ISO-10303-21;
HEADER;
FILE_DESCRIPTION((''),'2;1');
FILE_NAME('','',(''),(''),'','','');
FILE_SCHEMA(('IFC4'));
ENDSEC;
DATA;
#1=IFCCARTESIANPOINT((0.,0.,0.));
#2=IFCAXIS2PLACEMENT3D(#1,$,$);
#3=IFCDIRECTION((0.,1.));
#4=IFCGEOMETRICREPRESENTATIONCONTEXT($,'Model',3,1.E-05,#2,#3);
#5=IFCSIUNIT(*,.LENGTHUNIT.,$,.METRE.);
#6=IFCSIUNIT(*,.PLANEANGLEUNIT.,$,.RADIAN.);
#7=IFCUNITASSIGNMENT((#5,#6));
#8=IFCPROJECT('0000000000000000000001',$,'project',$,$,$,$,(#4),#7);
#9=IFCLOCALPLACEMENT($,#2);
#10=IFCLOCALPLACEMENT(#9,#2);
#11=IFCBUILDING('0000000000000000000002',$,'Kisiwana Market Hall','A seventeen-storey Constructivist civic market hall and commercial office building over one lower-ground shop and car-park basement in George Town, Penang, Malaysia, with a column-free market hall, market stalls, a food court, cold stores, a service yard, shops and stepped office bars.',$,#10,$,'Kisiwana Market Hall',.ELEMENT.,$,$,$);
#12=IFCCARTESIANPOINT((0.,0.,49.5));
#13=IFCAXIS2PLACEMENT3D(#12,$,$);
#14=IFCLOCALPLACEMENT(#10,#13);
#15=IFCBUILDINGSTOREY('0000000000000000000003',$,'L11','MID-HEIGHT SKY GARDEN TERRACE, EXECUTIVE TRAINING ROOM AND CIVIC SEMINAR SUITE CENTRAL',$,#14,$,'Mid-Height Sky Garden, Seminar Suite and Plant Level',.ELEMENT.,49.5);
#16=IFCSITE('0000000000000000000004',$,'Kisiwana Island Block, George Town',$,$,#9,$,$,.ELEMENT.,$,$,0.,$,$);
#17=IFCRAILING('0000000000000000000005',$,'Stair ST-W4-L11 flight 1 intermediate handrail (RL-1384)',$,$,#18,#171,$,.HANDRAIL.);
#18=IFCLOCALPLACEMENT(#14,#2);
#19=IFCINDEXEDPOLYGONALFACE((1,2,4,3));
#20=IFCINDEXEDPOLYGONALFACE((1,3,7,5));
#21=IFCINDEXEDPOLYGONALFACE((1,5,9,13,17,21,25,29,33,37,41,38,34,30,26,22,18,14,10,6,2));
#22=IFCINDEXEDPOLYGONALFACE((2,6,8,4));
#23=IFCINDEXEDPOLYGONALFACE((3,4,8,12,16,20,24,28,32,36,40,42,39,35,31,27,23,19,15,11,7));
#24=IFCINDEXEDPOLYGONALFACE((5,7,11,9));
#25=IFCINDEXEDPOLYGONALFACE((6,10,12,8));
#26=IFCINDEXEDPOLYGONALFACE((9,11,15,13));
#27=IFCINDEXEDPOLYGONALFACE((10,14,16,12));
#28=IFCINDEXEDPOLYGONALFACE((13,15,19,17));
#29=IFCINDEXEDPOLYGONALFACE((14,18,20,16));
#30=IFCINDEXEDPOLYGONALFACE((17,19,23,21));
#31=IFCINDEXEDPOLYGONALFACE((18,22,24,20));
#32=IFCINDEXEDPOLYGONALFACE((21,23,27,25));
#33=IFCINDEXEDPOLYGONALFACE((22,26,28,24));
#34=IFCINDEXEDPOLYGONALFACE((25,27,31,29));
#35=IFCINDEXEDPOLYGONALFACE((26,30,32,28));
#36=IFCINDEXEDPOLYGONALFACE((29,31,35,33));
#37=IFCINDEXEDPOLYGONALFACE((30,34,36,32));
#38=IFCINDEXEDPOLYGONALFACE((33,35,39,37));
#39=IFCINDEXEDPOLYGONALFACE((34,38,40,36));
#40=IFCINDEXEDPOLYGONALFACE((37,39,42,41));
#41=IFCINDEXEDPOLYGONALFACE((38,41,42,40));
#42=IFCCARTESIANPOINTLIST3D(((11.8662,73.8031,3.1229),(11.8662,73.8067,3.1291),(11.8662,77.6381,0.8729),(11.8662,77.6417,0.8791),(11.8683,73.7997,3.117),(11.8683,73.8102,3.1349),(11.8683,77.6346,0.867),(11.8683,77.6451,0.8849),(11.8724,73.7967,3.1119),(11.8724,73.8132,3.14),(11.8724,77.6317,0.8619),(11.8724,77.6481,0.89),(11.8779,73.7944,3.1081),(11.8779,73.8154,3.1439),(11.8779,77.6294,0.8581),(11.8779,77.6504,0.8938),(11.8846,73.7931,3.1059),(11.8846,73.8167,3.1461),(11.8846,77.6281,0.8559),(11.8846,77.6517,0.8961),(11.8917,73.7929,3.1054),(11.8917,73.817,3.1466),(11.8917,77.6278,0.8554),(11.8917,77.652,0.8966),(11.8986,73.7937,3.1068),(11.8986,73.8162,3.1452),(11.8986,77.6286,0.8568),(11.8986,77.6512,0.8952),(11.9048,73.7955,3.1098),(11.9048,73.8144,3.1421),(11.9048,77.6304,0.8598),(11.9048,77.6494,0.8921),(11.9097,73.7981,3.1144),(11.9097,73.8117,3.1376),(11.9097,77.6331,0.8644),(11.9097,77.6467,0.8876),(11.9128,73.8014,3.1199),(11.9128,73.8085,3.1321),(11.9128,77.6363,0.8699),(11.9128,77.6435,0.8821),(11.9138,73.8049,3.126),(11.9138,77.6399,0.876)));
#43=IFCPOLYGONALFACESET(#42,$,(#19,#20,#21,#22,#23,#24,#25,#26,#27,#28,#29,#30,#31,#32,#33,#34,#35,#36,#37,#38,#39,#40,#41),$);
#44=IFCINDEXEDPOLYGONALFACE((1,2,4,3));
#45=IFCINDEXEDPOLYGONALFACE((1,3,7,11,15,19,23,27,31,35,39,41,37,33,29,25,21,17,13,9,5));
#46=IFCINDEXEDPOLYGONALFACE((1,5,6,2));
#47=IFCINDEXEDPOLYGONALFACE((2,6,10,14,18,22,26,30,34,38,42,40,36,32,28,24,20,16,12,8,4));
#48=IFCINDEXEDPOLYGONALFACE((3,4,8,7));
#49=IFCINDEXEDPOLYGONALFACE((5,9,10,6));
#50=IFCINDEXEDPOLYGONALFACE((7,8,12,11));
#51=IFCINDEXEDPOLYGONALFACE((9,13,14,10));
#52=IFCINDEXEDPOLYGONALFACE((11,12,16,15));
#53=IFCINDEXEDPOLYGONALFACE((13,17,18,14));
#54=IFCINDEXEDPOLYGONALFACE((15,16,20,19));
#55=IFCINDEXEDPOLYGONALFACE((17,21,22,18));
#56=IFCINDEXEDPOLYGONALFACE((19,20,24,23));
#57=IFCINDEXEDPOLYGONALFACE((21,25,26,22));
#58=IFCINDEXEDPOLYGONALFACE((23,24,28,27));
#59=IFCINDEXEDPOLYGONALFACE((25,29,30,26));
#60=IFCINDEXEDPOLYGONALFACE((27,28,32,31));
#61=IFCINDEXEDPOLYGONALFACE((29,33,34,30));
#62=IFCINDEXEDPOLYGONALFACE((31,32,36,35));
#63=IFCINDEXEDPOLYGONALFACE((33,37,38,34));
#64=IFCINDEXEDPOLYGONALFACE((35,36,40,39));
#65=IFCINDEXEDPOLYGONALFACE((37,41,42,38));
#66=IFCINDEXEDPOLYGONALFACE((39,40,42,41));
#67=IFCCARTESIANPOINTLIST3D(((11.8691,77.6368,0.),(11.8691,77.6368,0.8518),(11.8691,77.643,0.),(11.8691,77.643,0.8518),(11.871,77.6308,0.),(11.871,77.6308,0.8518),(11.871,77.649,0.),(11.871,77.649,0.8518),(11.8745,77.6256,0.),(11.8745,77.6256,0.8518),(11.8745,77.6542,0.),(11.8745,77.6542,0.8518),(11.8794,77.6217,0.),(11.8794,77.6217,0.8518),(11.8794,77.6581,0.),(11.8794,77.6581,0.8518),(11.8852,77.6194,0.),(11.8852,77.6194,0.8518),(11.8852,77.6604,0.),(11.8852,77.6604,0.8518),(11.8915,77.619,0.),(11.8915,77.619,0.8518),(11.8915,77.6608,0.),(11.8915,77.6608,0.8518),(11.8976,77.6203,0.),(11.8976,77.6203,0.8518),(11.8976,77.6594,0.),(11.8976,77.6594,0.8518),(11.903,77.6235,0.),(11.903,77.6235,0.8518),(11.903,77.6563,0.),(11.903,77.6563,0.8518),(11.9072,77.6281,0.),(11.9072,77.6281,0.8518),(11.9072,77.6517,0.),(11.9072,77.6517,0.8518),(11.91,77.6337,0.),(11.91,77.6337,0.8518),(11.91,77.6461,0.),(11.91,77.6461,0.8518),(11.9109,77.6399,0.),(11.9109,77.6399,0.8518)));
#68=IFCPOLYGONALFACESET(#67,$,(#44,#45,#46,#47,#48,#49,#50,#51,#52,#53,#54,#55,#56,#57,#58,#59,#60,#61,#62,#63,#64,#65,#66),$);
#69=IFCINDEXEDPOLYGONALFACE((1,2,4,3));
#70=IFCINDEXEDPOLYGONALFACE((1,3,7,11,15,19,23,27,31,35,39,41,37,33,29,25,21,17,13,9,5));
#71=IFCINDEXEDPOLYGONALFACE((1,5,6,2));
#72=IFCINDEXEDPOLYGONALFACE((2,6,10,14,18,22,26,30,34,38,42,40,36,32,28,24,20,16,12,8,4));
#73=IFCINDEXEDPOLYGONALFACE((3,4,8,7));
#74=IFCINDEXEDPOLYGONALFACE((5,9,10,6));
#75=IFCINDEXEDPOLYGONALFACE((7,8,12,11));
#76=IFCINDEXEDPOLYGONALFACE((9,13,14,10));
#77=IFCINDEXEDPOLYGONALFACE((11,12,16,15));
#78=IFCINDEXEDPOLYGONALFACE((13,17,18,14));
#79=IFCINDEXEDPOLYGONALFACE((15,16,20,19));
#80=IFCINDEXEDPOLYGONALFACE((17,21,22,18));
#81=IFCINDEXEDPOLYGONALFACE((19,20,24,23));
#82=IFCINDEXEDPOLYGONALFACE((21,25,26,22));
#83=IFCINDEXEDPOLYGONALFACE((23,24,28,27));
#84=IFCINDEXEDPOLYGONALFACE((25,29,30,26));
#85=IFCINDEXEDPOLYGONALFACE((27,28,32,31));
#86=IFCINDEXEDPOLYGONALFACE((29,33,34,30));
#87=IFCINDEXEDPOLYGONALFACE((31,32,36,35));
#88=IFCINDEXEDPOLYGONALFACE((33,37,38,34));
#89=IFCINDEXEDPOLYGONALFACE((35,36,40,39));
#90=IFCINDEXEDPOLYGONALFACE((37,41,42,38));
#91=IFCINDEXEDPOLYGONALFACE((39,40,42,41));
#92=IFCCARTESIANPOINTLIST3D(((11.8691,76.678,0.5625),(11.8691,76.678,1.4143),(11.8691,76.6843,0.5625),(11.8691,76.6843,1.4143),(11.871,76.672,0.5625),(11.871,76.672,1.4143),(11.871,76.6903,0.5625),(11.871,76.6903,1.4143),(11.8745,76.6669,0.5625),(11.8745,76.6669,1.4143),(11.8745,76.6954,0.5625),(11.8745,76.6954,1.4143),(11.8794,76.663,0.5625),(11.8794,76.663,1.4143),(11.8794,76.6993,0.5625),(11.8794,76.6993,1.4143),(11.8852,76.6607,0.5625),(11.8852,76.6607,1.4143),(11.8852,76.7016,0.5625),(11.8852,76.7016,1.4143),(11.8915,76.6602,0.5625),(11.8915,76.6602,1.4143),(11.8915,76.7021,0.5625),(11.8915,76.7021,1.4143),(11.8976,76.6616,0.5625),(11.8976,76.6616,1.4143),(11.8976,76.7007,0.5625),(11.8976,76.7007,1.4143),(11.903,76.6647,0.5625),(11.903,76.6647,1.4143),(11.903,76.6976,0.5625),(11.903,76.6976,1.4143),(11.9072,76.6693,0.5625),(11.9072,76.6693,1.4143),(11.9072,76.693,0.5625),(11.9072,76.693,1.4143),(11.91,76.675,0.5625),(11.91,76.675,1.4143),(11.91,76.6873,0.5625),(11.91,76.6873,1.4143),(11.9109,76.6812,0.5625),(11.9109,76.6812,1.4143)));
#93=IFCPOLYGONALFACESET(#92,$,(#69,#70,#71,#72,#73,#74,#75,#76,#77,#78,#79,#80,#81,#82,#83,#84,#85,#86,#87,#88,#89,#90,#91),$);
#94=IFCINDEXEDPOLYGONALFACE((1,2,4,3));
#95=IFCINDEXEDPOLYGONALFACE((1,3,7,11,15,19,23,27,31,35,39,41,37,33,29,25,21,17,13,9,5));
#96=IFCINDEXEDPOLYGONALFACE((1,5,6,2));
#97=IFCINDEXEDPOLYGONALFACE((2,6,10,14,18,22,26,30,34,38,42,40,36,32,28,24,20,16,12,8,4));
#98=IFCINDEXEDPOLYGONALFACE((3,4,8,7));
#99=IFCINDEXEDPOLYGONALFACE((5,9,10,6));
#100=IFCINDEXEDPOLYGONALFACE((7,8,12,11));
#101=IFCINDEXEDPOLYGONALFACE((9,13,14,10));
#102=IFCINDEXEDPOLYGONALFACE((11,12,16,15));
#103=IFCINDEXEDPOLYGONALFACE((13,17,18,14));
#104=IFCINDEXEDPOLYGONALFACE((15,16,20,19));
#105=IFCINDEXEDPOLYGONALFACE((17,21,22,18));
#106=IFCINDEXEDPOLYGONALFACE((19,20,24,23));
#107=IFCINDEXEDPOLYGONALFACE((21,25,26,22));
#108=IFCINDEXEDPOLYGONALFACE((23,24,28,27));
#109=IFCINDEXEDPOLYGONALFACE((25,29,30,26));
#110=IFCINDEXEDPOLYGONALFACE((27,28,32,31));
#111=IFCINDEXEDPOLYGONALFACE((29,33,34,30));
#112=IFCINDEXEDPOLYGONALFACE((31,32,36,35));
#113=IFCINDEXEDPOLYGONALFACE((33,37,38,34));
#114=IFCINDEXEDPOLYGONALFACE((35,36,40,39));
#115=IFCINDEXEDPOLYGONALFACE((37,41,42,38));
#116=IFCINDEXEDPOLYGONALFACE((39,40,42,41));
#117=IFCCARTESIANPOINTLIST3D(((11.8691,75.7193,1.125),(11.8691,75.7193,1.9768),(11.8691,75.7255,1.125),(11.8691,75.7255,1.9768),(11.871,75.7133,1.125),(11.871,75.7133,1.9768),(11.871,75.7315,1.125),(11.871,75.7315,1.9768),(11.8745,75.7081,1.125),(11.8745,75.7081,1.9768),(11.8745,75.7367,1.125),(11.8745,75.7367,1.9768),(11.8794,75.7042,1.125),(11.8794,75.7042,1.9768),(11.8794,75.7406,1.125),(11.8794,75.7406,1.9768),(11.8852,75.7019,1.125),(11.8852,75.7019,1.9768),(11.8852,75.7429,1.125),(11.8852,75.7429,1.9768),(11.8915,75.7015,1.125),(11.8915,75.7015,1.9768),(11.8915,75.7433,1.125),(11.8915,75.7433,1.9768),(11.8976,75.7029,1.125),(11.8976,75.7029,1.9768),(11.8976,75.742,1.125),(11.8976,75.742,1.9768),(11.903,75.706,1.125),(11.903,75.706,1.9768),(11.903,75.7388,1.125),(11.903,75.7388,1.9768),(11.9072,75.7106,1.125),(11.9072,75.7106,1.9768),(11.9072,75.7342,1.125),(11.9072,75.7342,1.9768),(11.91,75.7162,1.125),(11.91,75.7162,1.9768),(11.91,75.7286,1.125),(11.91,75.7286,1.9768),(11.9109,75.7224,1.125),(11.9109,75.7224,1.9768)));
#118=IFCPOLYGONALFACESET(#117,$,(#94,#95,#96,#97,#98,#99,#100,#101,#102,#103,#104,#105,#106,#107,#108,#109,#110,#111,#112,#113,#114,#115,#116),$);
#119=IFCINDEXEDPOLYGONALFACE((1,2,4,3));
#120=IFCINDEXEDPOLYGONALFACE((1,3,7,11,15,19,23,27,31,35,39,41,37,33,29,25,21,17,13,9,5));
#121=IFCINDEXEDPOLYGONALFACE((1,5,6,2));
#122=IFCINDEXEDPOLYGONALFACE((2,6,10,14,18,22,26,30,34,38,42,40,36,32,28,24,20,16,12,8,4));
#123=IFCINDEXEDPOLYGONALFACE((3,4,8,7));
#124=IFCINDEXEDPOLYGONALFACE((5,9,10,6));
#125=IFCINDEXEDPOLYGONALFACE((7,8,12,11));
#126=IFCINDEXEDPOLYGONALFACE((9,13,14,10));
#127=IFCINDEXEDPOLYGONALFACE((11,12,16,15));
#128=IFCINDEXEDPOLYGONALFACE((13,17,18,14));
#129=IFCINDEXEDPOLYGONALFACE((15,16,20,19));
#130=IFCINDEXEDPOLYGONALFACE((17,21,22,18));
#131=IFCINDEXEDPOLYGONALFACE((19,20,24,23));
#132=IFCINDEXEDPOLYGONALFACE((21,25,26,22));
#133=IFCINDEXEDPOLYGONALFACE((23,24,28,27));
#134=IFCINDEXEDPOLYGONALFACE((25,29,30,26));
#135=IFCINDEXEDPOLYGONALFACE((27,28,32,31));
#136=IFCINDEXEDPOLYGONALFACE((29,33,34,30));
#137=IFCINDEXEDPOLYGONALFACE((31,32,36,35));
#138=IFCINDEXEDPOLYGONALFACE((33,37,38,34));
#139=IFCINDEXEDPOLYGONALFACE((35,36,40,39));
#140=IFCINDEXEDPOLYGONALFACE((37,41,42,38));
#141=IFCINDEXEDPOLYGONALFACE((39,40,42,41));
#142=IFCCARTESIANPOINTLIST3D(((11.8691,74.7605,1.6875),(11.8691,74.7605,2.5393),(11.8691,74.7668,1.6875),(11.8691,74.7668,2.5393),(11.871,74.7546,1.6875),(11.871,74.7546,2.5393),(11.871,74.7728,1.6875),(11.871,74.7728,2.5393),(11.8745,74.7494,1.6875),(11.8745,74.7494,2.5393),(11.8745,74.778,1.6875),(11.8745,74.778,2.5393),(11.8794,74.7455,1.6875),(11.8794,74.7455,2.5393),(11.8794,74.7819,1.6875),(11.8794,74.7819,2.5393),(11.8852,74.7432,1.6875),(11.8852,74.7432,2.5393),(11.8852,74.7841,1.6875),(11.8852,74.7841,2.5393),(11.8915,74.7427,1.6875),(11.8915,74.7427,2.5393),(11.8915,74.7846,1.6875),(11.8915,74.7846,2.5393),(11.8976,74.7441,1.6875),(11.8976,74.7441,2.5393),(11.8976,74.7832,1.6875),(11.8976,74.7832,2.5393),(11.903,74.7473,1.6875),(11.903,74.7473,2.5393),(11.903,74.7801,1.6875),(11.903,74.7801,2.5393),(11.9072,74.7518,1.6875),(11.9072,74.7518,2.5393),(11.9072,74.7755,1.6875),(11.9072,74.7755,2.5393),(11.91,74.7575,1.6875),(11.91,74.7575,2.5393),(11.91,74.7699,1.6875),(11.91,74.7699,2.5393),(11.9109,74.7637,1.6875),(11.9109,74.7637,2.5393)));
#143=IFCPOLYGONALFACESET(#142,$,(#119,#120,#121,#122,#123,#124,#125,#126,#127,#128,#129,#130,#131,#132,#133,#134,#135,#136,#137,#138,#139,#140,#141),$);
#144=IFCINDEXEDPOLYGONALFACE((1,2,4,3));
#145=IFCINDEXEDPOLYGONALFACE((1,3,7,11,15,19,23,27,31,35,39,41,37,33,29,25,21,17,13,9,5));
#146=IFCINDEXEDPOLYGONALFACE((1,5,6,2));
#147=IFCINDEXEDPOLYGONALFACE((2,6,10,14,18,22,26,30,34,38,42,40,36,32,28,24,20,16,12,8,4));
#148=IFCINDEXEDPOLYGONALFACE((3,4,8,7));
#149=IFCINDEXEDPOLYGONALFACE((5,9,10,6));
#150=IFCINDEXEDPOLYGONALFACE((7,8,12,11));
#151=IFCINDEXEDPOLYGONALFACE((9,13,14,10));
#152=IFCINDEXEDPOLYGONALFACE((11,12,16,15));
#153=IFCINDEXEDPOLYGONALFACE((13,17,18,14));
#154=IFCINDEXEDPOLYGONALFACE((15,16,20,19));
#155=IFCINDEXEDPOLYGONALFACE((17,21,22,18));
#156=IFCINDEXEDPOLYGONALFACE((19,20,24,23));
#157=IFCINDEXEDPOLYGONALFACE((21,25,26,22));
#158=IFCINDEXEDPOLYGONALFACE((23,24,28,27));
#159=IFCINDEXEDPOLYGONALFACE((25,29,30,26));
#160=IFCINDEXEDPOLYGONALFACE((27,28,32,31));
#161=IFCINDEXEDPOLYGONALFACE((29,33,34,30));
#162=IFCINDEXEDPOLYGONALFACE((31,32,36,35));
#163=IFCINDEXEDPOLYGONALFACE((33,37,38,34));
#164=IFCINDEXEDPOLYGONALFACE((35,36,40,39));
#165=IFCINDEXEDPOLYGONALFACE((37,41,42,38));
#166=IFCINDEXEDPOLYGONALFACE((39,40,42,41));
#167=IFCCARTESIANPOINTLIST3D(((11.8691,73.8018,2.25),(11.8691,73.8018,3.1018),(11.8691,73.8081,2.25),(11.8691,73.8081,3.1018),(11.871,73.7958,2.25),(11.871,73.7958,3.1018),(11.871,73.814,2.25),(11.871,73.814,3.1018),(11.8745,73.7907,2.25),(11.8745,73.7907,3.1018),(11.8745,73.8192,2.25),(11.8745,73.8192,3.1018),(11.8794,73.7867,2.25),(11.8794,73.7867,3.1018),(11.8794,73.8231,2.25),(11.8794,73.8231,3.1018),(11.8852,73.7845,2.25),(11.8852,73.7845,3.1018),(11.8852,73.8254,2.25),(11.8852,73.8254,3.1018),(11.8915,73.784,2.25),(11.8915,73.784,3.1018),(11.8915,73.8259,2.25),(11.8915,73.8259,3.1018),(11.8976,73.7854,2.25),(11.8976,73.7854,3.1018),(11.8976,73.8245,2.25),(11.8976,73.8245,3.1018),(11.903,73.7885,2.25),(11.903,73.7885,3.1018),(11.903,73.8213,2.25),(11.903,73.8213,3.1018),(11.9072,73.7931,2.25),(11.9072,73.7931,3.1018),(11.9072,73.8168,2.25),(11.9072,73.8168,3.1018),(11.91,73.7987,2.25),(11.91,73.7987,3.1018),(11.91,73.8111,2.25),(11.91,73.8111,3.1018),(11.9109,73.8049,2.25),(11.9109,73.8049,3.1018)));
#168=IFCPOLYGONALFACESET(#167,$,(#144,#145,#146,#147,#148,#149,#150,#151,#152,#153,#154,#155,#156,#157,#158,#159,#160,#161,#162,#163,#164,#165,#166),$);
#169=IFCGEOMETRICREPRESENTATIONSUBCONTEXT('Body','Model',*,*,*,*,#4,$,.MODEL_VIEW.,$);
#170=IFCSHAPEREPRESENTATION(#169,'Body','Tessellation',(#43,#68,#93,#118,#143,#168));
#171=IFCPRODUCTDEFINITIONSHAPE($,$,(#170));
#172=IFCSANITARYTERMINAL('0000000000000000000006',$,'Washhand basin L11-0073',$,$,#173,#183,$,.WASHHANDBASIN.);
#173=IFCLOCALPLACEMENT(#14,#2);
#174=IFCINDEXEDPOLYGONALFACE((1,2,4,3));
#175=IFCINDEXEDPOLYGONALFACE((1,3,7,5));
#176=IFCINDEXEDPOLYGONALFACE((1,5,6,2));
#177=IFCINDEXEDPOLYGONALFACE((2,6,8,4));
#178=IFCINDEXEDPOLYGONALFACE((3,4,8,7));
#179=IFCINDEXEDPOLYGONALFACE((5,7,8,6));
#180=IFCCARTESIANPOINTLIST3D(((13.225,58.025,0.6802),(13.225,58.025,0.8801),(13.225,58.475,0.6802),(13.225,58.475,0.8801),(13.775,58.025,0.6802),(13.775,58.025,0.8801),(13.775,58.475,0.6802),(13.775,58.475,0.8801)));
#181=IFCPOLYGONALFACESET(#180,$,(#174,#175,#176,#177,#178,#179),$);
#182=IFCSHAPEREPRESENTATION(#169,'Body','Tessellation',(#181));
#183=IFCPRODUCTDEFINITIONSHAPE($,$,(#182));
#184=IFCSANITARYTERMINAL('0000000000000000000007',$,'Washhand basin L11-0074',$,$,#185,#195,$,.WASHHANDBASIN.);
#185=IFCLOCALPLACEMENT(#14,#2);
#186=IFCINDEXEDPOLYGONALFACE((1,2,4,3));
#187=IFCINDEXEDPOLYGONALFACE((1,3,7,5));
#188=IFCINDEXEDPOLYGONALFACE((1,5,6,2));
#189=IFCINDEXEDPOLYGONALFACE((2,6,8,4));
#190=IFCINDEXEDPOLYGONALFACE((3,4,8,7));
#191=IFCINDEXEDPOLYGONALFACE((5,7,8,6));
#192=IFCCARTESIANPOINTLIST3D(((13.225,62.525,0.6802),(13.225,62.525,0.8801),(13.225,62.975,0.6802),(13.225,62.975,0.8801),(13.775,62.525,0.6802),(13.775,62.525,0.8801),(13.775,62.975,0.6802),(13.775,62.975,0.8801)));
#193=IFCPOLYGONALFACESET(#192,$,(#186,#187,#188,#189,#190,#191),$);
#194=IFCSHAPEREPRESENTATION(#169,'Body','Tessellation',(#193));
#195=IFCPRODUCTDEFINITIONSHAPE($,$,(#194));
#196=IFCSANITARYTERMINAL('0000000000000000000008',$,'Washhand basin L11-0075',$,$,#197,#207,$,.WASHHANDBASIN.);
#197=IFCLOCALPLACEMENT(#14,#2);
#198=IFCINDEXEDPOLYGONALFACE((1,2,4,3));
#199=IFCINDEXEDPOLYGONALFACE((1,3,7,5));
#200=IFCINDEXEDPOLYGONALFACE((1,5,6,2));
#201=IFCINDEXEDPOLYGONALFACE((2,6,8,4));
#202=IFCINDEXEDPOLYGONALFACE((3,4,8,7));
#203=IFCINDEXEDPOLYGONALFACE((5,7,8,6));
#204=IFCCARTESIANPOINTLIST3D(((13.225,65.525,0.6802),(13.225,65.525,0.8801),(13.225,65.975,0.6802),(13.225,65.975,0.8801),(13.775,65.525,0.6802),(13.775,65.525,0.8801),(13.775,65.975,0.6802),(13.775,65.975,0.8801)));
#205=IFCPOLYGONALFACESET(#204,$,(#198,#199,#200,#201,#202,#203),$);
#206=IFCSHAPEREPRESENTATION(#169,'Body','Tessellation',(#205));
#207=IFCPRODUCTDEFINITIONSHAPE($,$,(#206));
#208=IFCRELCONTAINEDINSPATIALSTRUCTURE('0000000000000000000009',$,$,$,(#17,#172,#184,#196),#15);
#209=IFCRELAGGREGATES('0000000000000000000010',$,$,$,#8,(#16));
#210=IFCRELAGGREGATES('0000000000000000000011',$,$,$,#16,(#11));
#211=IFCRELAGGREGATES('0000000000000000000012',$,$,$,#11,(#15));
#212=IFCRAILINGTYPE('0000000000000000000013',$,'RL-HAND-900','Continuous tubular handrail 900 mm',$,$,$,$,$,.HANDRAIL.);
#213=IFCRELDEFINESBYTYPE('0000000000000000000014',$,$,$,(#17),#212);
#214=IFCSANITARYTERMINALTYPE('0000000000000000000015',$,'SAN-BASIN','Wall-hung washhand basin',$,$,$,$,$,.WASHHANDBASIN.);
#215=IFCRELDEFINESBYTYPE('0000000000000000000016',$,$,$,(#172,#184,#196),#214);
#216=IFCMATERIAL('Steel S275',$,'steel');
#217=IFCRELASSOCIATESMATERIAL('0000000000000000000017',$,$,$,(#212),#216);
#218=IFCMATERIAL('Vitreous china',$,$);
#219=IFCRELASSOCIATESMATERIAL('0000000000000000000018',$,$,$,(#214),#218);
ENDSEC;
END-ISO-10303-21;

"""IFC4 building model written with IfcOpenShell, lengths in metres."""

from ifc_helpers import new_model, si_unit, direction, frame, origin, origin_2d, place, context, subcontext, project, spatial, rectangle, circle, extrude, material, type_object, element, save


model = new_model("IFC4")

# Units and contexts
model_context = context("Model", 3, precision=1e-05, world=origin(), true_north=direction((0.0, 1.0)))
body_context = subcontext(model_context, "Body", "Model", "MODEL_VIEW")
ifc_project = project(units=[si_unit("LENGTHUNIT", "METRE"), si_unit("PLANEANGLEUNIT", "RADIAN")], contexts=[model_context])

# Site, building, storey
site_placement = place(None, origin())
site = spatial("IfcSite", under=ifc_project, at=site_placement, Name="Kisiwana Island Block, George Town", CompositionType="ELEMENT", RefElevation=0.0)
building_placement = place(site_placement, origin())
building = spatial("IfcBuilding", under=site, at=building_placement, Name="Kisiwana Market Hall", Description="A seventeen-storey Constructivist civic market hall and commercial office building over one lower-ground shop and car-park basement in George Town, Penang, Malaysia, with a column-free market hall, market stalls, a food court, cold stores, a service yard, shops and stepped office bars.", LongName="Kisiwana Market Hall", CompositionType="ELEMENT")
storey_placement = place(building_placement, frame((0.0, 0.0, 49.5)))
storey = spatial("IfcBuildingStorey", under=building, at=storey_placement, Name="L11", Description="MID-HEIGHT SKY GARDEN TERRACE, EXECUTIVE TRAINING ROOM AND CIVIC SEMINAR SUITE CENTRAL", LongName="Mid-Height Sky Garden, Seminar Suite and Plant Level", CompositionType="ELEMENT", Elevation=49.5)

# Railing
ifc_material_1 = material(Name="Steel S275", Category="steel")
railing_type_1 = type_object("IfcRailingType", Name="RL-HAND-900", Description="Continuous tubular handrail 900 mm", PredefinedType="HANDRAIL", material=ifc_material_1)
for number, where, name in (
    (1, (11.8899, 77.6399, 0.0), "Stair ST-W4-L11 flight 1 intermediate handrail (RL-1384)"),
):
    element("IfcRailing", number, at=place(storey_placement, frame(where)), inside=storey, type_object=railing_type_1, Name=name, PredefinedType="HANDRAIL", context=body_context, shape_type="SweptSolid", body=[
        extrude(circle(Radius=0.0239, at=origin_2d()), frame((0.0, 0.0, 0.876), z_axis=(0.0, -0.86251, 0.506041), x_axis=(1.0, 0.0, 0.0)), (0.0, 0.0, 1.0), 4.4463),
        extrude(circle(Radius=0.021, at=origin_2d()), origin(), (0.0, 0.0, 1.0), 0.8518),
        extrude(circle(Radius=0.021, at=origin_2d()), frame((0.0, -0.9587, 0.5625)), (0.0, 0.0, 1.0), 0.8518),
        extrude(circle(Radius=0.021, at=origin_2d()), frame((0.0, -1.9175, 1.125)), (0.0, 0.0, 1.0), 0.8518),
        extrude(circle(Radius=0.021, at=origin_2d()), frame((0.0, -2.8762, 1.6875)), (0.0, 0.0, 1.0), 0.8518),
        extrude(circle(Radius=0.021, at=origin_2d()), frame((0.0, -3.835, 2.25)), (0.0, 0.0, 1.0), 0.8518),
    ])

# Sanitary terminals
ifc_material_2 = material(Name="Vitreous china")
sanitary_terminal_type_1 = type_object("IfcSanitaryTerminalType", Name="SAN-BASIN", Description="Wall-hung washhand basin", PredefinedType="WASHHANDBASIN", material=ifc_material_2)
for number, where, z_axis, x_axis, name in (
    (2, (13.5, 58.25, 0.6802), (0.0, 0.0, 1.0), (1.0, 0.0, 0.0), "Washhand basin L11-0073"),
    (3, (13.5, 62.75, 0.6802), (0.0, 0.0, 1.0), (1.0, 0.0, 0.0), "Washhand basin L11-0074"),
    (4, (13.5, 65.75, 0.6802), (0.0, 0.0, 1.0), (1.0, 0.0, 0.0), "Washhand basin L11-0075"),
):
    element("IfcSanitaryTerminal", number, at=place(storey_placement, frame(where, z_axis=z_axis, x_axis=x_axis)), inside=storey, type_object=sanitary_terminal_type_1, Name=name, PredefinedType="WASHHANDBASIN", context=body_context, shape_type="SweptSolid", body=[
        extrude(rectangle(XDim=0.55, YDim=0.45, at=origin_2d()), origin(), (0.0, 0.0, 1.0), 0.2),
    ])

save(model, "model.ifc")
